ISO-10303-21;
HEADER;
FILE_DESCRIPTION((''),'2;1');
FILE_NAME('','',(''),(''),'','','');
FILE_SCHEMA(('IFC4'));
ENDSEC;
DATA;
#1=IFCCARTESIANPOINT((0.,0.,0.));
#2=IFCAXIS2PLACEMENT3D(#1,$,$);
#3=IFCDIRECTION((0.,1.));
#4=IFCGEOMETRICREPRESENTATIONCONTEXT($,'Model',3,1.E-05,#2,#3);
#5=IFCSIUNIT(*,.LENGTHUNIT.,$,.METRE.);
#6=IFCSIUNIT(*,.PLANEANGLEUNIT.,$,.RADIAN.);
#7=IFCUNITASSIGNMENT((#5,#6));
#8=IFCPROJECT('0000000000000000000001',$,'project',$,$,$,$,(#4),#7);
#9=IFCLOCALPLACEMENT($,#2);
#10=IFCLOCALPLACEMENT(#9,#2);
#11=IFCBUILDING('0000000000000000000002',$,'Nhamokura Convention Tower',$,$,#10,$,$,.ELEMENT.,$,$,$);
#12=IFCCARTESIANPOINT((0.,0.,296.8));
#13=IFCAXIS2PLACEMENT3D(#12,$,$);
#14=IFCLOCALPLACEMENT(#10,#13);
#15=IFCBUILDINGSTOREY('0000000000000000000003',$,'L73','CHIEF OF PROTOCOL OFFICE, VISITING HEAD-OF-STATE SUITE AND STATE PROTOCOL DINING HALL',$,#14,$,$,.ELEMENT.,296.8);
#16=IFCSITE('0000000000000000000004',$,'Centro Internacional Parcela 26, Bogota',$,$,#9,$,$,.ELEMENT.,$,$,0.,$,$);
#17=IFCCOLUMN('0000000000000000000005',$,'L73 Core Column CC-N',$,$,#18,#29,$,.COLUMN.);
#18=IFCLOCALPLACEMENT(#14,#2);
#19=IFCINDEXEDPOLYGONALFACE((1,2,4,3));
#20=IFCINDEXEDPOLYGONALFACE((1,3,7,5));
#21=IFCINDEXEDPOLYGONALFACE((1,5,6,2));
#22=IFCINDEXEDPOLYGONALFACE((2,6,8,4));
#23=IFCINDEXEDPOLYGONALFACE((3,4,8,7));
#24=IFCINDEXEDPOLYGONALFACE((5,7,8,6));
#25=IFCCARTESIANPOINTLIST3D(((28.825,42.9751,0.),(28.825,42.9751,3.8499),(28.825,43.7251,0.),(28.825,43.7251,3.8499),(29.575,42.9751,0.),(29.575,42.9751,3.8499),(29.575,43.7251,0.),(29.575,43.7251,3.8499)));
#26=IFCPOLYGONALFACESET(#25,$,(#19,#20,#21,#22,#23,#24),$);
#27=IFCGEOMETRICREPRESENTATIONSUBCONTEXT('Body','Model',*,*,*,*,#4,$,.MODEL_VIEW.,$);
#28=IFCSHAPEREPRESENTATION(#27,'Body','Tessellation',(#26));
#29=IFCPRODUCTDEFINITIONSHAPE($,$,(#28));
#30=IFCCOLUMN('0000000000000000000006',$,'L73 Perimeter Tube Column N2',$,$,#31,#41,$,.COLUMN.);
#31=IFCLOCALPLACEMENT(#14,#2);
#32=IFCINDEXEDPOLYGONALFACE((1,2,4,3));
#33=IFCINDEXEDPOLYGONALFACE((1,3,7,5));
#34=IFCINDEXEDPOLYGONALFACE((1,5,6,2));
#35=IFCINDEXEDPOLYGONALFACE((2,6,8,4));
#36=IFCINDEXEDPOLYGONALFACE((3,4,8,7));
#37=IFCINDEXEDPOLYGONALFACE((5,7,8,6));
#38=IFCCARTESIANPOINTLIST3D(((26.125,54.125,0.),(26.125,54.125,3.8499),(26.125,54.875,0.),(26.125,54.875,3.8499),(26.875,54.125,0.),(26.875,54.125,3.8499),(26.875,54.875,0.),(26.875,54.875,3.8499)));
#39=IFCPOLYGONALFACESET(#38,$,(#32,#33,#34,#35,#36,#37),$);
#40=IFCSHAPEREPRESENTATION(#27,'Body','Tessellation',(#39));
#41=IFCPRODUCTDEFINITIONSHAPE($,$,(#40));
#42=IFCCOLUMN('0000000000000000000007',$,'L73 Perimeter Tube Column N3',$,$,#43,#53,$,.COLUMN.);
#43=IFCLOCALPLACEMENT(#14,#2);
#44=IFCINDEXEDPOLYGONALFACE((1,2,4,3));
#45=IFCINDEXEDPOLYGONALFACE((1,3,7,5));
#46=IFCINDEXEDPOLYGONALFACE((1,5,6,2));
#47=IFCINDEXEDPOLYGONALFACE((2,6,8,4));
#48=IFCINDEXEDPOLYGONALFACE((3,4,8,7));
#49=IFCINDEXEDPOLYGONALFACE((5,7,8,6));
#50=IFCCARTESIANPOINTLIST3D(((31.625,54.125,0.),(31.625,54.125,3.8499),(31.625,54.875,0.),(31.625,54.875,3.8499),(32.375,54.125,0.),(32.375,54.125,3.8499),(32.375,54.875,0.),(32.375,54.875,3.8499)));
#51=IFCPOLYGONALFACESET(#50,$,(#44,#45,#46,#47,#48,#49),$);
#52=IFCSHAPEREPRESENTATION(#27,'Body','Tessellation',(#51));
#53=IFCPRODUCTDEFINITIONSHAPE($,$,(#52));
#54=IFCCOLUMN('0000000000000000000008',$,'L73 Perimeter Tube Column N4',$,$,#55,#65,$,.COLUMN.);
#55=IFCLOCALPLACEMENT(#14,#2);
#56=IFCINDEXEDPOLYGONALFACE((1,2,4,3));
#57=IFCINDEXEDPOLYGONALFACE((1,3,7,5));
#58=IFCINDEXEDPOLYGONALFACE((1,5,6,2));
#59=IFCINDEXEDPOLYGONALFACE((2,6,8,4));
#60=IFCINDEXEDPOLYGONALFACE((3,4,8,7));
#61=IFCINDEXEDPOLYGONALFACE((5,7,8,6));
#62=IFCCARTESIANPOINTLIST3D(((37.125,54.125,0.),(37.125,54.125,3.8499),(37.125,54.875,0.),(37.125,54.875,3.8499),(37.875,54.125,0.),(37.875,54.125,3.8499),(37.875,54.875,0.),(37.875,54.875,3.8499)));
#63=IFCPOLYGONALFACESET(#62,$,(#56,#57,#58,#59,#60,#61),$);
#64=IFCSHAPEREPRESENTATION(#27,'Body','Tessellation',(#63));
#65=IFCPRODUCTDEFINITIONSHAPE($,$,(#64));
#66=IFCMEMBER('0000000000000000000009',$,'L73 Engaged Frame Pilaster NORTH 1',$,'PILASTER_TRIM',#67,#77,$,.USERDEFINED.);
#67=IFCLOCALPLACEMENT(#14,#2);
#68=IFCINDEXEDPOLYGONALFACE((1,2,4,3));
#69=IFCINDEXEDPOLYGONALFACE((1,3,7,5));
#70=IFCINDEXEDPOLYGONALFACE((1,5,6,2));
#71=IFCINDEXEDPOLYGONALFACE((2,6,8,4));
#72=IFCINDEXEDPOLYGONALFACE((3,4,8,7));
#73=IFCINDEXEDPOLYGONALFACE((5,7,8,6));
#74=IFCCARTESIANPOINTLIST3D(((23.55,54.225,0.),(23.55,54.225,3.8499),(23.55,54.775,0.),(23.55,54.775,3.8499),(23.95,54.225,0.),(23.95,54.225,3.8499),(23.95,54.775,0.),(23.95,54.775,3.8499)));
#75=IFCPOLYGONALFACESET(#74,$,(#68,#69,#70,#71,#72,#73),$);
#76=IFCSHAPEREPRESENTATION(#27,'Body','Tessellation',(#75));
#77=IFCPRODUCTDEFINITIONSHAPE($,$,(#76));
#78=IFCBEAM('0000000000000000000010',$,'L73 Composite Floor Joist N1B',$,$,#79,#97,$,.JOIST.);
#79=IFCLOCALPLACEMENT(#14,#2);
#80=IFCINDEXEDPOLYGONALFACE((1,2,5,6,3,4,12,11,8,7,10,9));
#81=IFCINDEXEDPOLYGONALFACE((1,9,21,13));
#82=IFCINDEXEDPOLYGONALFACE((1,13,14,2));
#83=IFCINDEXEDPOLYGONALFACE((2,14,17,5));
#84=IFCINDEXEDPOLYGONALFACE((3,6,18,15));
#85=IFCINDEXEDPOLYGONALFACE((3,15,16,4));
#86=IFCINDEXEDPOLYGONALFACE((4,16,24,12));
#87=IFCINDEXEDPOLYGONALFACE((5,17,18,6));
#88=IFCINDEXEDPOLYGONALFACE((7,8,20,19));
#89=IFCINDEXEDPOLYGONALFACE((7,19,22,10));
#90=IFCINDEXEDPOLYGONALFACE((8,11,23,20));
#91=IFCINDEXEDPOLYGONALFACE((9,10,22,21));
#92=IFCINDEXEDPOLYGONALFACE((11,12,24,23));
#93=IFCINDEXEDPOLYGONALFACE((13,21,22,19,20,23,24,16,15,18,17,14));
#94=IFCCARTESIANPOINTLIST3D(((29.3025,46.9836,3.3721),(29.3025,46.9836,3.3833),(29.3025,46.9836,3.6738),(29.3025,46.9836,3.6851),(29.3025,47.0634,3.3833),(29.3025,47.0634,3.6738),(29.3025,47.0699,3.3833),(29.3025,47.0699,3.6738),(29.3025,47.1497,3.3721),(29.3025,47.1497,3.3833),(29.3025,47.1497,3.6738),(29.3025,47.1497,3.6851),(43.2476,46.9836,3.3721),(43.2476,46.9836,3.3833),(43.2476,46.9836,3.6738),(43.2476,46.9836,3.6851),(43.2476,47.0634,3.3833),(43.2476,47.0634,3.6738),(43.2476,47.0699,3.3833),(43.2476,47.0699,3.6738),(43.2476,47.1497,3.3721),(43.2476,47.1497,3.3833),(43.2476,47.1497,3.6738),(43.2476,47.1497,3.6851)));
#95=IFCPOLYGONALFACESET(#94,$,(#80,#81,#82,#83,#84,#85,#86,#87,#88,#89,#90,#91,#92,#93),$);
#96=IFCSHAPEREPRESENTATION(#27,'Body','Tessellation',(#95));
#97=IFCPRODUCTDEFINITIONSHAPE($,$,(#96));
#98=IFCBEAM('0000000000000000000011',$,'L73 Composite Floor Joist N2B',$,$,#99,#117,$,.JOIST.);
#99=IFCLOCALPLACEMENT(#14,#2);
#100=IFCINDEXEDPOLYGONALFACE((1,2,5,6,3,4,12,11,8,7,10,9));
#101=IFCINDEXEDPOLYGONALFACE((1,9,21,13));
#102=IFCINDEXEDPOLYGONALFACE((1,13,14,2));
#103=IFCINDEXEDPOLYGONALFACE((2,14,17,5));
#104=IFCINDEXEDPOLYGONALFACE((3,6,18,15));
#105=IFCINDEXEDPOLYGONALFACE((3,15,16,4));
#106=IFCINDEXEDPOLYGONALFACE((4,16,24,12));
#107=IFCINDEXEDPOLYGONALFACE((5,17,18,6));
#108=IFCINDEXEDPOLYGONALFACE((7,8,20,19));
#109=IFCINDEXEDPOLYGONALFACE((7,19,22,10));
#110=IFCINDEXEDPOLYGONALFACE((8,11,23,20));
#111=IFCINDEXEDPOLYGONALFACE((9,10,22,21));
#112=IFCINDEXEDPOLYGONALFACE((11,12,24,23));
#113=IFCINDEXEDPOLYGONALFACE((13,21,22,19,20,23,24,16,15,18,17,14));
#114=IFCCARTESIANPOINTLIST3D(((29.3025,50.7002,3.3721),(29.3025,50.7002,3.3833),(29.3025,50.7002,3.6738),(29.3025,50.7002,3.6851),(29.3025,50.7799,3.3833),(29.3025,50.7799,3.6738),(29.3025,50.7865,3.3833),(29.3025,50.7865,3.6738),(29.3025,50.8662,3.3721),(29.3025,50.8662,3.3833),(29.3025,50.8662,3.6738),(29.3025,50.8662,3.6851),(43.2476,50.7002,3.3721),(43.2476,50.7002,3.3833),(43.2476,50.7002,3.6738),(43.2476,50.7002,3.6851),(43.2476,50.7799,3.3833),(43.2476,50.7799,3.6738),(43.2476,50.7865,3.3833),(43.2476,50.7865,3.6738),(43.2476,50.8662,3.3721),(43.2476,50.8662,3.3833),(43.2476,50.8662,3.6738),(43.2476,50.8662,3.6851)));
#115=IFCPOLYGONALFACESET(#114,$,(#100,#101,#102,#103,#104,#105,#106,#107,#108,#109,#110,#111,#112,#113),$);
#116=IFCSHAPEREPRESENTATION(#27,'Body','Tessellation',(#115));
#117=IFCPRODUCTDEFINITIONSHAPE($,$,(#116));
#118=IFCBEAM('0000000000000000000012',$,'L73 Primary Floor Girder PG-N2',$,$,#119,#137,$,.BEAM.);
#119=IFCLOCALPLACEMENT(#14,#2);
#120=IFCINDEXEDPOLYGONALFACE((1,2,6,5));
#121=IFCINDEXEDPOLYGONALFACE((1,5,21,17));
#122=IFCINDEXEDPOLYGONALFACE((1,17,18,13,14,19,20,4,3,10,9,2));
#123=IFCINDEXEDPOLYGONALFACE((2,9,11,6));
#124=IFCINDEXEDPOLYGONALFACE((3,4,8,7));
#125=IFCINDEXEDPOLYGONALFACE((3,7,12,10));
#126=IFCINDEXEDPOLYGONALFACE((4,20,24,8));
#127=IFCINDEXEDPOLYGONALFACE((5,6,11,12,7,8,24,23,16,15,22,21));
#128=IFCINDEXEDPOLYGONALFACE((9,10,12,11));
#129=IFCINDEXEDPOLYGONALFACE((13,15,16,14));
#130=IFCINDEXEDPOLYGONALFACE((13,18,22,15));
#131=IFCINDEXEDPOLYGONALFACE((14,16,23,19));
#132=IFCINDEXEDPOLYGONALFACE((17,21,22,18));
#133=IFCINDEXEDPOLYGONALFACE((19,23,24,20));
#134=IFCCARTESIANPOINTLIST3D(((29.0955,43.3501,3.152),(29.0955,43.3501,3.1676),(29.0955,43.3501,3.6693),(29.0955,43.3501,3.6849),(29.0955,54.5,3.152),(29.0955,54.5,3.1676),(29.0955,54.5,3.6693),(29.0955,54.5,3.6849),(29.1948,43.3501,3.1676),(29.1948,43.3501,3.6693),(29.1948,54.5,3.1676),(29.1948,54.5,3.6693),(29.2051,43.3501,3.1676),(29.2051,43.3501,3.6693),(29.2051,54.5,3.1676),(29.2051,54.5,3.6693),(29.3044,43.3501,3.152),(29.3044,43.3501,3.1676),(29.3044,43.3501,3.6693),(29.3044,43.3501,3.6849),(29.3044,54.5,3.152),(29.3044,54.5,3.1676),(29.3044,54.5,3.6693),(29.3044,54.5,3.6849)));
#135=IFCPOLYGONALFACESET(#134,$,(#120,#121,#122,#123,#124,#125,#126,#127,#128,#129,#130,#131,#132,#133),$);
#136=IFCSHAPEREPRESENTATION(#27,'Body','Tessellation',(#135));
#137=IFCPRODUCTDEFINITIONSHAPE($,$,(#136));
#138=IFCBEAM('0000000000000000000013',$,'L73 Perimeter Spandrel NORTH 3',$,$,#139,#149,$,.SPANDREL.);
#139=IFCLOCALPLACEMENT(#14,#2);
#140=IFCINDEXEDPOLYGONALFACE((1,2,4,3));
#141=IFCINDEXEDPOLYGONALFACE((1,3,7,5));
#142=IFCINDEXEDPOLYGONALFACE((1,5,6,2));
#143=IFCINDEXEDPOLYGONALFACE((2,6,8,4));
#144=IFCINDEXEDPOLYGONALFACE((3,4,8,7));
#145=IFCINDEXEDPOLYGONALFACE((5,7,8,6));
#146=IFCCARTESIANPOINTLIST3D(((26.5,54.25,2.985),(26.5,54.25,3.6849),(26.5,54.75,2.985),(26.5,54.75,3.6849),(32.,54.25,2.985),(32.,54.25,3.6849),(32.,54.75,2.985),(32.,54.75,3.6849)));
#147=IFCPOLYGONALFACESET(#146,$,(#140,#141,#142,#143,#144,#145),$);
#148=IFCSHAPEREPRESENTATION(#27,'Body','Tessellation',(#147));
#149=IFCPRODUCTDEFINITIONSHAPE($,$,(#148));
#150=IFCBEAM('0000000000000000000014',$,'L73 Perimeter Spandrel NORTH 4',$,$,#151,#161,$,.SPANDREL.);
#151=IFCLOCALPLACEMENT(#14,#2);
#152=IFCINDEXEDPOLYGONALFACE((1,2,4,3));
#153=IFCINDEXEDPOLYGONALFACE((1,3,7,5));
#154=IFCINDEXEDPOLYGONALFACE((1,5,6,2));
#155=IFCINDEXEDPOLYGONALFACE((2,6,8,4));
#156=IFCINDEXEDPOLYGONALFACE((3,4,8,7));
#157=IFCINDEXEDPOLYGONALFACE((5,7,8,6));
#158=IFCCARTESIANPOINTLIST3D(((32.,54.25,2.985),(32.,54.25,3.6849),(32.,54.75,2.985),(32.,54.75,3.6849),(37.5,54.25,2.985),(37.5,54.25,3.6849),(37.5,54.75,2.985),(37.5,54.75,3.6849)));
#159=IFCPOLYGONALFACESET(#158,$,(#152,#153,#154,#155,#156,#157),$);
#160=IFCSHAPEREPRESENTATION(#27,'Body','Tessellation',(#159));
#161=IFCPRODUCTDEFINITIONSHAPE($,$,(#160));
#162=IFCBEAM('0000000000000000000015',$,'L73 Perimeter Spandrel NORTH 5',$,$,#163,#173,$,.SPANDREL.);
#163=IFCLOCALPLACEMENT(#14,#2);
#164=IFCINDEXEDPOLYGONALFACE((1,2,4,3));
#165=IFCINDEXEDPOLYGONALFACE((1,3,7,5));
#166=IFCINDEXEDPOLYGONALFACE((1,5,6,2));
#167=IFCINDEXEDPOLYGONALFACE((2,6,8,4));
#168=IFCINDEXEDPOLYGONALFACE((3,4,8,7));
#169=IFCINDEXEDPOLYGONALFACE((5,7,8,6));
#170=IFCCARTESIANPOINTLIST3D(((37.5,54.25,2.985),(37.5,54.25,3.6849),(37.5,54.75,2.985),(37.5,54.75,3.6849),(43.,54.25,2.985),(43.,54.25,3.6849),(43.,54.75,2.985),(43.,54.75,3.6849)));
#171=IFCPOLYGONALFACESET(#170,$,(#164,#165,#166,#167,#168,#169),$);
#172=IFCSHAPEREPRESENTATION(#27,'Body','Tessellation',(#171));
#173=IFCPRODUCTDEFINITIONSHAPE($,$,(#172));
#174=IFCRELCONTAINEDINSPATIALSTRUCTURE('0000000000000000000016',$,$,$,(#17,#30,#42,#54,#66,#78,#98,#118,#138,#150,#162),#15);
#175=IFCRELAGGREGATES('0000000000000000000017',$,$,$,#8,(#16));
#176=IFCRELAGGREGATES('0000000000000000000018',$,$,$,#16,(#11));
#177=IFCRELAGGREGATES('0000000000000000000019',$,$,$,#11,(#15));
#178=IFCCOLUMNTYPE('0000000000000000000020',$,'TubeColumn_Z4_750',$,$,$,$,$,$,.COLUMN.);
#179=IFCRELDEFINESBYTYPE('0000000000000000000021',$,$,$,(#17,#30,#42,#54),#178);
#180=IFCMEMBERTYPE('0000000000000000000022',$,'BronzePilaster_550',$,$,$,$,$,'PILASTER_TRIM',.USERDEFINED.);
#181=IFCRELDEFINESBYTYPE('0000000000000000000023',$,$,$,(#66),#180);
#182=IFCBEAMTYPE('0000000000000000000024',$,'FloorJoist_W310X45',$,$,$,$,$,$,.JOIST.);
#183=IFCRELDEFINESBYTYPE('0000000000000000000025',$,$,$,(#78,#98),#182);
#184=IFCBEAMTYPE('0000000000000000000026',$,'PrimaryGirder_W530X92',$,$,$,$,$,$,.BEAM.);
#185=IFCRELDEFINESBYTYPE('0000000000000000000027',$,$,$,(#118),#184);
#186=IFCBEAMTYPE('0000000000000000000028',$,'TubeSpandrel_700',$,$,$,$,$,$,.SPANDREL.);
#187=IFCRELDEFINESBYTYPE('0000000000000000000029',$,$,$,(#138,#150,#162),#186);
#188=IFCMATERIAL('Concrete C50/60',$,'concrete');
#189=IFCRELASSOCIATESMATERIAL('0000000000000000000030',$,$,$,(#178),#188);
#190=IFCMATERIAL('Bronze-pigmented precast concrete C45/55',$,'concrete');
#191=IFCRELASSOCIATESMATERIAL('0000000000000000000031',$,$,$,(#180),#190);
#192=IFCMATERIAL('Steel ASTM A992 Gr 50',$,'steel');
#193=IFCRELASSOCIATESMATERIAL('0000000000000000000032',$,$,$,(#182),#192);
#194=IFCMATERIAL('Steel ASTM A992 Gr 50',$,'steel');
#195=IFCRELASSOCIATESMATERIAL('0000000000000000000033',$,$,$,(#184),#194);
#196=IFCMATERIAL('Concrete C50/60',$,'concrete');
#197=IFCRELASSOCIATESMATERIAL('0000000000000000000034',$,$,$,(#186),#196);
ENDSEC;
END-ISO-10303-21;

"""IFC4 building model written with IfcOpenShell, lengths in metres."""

from ifc_helpers import new_model, si_unit, direction, frame, origin, origin_2d, place, context, subcontext, project, spatial, rectangle, i_section, extrude, material, material_profile, profile_set, type_object, element, save


model = new_model("IFC4")

# Units and contexts
model_context = context("Model", 3, precision=1e-05, world=origin(), true_north=direction((0.0, 1.0)))
body_context = subcontext(model_context, "Body", "Model", "MODEL_VIEW")
ifc_project = project(units=[si_unit("LENGTHUNIT", "METRE"), si_unit("PLANEANGLEUNIT", "RADIAN")], contexts=[model_context])

# Site, building, storey
site_placement = place(None, origin())
site = spatial("IfcSite", under=ifc_project, at=site_placement, Name="Centro Internacional Parcela 26, Bogota", CompositionType="ELEMENT", RefElevation=0.0)
building_placement = place(site_placement, origin())
building = spatial("IfcBuilding", under=site, at=building_placement, Name="Nhamokura Convention Tower", CompositionType="ELEMENT")
storey_placement = place(building_placement, frame((0.0, 0.0, 296.8)))
storey = spatial("IfcBuildingStorey", under=building, at=storey_placement, Name="L73", Description="CHIEF OF PROTOCOL OFFICE, VISITING HEAD-OF-STATE SUITE AND STATE PROTOCOL DINING HALL", CompositionType="ELEMENT", Elevation=296.8)

# Columns
ifc_material_1 = material(Name="Concrete C50/60", Category="concrete")
ifc_material_profile_1 = material_profile(ifc_material_1, rectangle(XDim=0.75, YDim=0.75, at=origin_2d()))
ifc_profile_set_1 = profile_set([ifc_material_profile_1], Name="Concrete C50/60")
column_type = type_object("IfcColumnType", Name="TubeColumn_Z4_750", PredefinedType="COLUMN", material=ifc_profile_set_1)
for number, where, z_axis, x_axis, name in (
    (1, (29.2, 43.3501, 0.0), (0.0, 0.0, 1.0), (1.0, 0.0, 0.0), "L73 Core Column CC-N"),
    (2, (26.5, 54.5, 0.0), (0.0, 0.0, 1.0), (1.0, 0.0, 0.0), "L73 Perimeter Tube Column N2"),
    (3, (32.0, 54.5, 0.0), (0.0, 0.0, 1.0), (1.0, 0.0, 0.0), "L73 Perimeter Tube Column N3"),
    (4, (37.5, 54.5, 0.0), (0.0, 0.0, 1.0), (1.0, 0.0, 0.0), "L73 Perimeter Tube Column N4"),
):
    element("IfcColumn", number, at=place(storey_placement, frame(where, z_axis=z_axis, x_axis=x_axis)), inside=storey, type_object=column_type, Name=name, PredefinedType="COLUMN", context=body_context, shape_type="SweptSolid", body=[
        extrude(rectangle(XDim=0.75, YDim=0.75, at=origin_2d()), origin(), (0.0, 0.0, 1.0), 3.8499),
    ])

# Member
ifc_material_2 = material(Name="Bronze-pigmented precast concrete C45/55", Category="concrete")
ifc_material_profile_2 = material_profile(ifc_material_2, rectangle(XDim=0.3999, YDim=0.55, at=origin_2d()))
ifc_profile_set_2 = profile_set([ifc_material_profile_2], Name="Bronze-pigmented precast concrete C45/55")
member_type = type_object("IfcMemberType", Name="BronzePilaster_550", ElementType="PILASTER_TRIM", PredefinedType="USERDEFINED", material=ifc_profile_set_2)
member_placement = place(storey_placement, frame((23.75, 54.5, 0.0), z_axis=(0.0, 0.0, 1.0), x_axis=(1.0, 0.0, 0.0)))
element("IfcMember", 5, at=member_placement, inside=storey, type_object=member_type, Name="L73 Engaged Frame Pilaster NORTH 1", ObjectType="PILASTER_TRIM", PredefinedType="USERDEFINED", context=body_context, shape_type="SweptSolid", body=[
    extrude(rectangle(XDim=0.3999, YDim=0.55, at=origin_2d()), origin(), (0.0, 0.0, 1.0), 3.8499),
])

# Beams
ifc_material_3 = material(Name="Steel ASTM A992 Gr 50", Category="steel")
ifc_material_profile_3 = material_profile(ifc_material_3, i_section(OverallWidth=0.166, OverallDepth=0.313, WebThickness=0.0066, FlangeThickness=0.0112, at=origin_2d()))
ifc_profile_set_3 = profile_set([ifc_material_profile_3], Name="Steel ASTM A992 Gr 50")
beam_type_1 = type_object("IfcBeamType", Name="FloorJoist_W310X45", PredefinedType="JOIST", material=ifc_profile_set_3)
for number, where, z_axis, x_axis, name in (
    (6, (29.3025, 47.0667, 3.5286), (1.0, 0.0, 0.0), (0.0, 1.0, 0.0), "L73 Composite Floor Joist N1B"),
    (7, (29.3025, 50.7832, 3.5286), (1.0, 0.0, 0.0), (0.0, 1.0, 0.0), "L73 Composite Floor Joist N2B"),
):
    element("IfcBeam", number, at=place(storey_placement, frame(where, z_axis=z_axis, x_axis=x_axis)), inside=storey, type_object=beam_type_1, Name=name, PredefinedType="JOIST", context=body_context, shape_type="SweptSolid", body=[
        extrude(i_section(OverallWidth=0.166, OverallDepth=0.313, WebThickness=0.0066, FlangeThickness=0.0112, at=origin_2d()), origin(), (0.0, 0.0, 1.0), 13.9451),
    ])
ifc_material_4 = material(Name="Steel ASTM A992 Gr 50", Category="steel")
ifc_material_profile_4 = material_profile(ifc_material_4, i_section(OverallWidth=0.209, OverallDepth=0.533, WebThickness=0.0103, FlangeThickness=0.0156, at=origin_2d()))
ifc_profile_set_4 = profile_set([ifc_material_profile_4], Name="Steel ASTM A992 Gr 50")
beam_type_2 = type_object("IfcBeamType", Name="PrimaryGirder_W530X92", PredefinedType="BEAM", material=ifc_profile_set_4)
beam_placement = place(storey_placement, frame((29.2, 43.3501, 3.4185), z_axis=(0.0, 1.0, 0.0), x_axis=(-1.0, 0.0, 0.0)))
element("IfcBeam", 8, at=beam_placement, inside=storey, type_object=beam_type_2, Name="L73 Primary Floor Girder PG-N2", PredefinedType="BEAM", context=body_context, shape_type="SweptSolid", body=[
    extrude(i_section(OverallWidth=0.209, OverallDepth=0.533, WebThickness=0.0103, FlangeThickness=0.0156, at=origin_2d()), origin(), (0.0, 0.0, 1.0), 11.1499),
])
ifc_material_5 = material(Name="Concrete C50/60", Category="concrete")
ifc_material_profile_5 = material_profile(ifc_material_5, rectangle(XDim=0.5, YDim=0.7, at=origin_2d()))
ifc_profile_set_5 = profile_set([ifc_material_profile_5], Name="Concrete C50/60")
beam_type_3 = type_object("IfcBeamType", Name="TubeSpandrel_700", PredefinedType="SPANDREL", material=ifc_profile_set_5)
for number, where, z_axis, x_axis, name in (
    (9, (26.5, 54.5, 3.335), (1.0, 0.0, 0.0), (0.0, 1.0, 0.0), "L73 Perimeter Spandrel NORTH 3"),
    (10, (32.0, 54.5, 3.335), (1.0, 0.0, 0.0), (0.0, 1.0, 0.0), "L73 Perimeter Spandrel NORTH 4"),
    (11, (37.5, 54.5, 3.335), (1.0, 0.0, 0.0), (0.0, 1.0, 0.0), "L73 Perimeter Spandrel NORTH 5"),
):
    element("IfcBeam", number, at=place(storey_placement, frame(where, z_axis=z_axis, x_axis=x_axis)), inside=storey, type_object=beam_type_3, Name=name, PredefinedType="SPANDREL", context=body_context, shape_type="SweptSolid", body=[
        extrude(rectangle(XDim=0.5, YDim=0.7, at=origin_2d()), origin(), (0.0, 0.0, 1.0), 5.5),
    ])

save(model, "model.ifc")
